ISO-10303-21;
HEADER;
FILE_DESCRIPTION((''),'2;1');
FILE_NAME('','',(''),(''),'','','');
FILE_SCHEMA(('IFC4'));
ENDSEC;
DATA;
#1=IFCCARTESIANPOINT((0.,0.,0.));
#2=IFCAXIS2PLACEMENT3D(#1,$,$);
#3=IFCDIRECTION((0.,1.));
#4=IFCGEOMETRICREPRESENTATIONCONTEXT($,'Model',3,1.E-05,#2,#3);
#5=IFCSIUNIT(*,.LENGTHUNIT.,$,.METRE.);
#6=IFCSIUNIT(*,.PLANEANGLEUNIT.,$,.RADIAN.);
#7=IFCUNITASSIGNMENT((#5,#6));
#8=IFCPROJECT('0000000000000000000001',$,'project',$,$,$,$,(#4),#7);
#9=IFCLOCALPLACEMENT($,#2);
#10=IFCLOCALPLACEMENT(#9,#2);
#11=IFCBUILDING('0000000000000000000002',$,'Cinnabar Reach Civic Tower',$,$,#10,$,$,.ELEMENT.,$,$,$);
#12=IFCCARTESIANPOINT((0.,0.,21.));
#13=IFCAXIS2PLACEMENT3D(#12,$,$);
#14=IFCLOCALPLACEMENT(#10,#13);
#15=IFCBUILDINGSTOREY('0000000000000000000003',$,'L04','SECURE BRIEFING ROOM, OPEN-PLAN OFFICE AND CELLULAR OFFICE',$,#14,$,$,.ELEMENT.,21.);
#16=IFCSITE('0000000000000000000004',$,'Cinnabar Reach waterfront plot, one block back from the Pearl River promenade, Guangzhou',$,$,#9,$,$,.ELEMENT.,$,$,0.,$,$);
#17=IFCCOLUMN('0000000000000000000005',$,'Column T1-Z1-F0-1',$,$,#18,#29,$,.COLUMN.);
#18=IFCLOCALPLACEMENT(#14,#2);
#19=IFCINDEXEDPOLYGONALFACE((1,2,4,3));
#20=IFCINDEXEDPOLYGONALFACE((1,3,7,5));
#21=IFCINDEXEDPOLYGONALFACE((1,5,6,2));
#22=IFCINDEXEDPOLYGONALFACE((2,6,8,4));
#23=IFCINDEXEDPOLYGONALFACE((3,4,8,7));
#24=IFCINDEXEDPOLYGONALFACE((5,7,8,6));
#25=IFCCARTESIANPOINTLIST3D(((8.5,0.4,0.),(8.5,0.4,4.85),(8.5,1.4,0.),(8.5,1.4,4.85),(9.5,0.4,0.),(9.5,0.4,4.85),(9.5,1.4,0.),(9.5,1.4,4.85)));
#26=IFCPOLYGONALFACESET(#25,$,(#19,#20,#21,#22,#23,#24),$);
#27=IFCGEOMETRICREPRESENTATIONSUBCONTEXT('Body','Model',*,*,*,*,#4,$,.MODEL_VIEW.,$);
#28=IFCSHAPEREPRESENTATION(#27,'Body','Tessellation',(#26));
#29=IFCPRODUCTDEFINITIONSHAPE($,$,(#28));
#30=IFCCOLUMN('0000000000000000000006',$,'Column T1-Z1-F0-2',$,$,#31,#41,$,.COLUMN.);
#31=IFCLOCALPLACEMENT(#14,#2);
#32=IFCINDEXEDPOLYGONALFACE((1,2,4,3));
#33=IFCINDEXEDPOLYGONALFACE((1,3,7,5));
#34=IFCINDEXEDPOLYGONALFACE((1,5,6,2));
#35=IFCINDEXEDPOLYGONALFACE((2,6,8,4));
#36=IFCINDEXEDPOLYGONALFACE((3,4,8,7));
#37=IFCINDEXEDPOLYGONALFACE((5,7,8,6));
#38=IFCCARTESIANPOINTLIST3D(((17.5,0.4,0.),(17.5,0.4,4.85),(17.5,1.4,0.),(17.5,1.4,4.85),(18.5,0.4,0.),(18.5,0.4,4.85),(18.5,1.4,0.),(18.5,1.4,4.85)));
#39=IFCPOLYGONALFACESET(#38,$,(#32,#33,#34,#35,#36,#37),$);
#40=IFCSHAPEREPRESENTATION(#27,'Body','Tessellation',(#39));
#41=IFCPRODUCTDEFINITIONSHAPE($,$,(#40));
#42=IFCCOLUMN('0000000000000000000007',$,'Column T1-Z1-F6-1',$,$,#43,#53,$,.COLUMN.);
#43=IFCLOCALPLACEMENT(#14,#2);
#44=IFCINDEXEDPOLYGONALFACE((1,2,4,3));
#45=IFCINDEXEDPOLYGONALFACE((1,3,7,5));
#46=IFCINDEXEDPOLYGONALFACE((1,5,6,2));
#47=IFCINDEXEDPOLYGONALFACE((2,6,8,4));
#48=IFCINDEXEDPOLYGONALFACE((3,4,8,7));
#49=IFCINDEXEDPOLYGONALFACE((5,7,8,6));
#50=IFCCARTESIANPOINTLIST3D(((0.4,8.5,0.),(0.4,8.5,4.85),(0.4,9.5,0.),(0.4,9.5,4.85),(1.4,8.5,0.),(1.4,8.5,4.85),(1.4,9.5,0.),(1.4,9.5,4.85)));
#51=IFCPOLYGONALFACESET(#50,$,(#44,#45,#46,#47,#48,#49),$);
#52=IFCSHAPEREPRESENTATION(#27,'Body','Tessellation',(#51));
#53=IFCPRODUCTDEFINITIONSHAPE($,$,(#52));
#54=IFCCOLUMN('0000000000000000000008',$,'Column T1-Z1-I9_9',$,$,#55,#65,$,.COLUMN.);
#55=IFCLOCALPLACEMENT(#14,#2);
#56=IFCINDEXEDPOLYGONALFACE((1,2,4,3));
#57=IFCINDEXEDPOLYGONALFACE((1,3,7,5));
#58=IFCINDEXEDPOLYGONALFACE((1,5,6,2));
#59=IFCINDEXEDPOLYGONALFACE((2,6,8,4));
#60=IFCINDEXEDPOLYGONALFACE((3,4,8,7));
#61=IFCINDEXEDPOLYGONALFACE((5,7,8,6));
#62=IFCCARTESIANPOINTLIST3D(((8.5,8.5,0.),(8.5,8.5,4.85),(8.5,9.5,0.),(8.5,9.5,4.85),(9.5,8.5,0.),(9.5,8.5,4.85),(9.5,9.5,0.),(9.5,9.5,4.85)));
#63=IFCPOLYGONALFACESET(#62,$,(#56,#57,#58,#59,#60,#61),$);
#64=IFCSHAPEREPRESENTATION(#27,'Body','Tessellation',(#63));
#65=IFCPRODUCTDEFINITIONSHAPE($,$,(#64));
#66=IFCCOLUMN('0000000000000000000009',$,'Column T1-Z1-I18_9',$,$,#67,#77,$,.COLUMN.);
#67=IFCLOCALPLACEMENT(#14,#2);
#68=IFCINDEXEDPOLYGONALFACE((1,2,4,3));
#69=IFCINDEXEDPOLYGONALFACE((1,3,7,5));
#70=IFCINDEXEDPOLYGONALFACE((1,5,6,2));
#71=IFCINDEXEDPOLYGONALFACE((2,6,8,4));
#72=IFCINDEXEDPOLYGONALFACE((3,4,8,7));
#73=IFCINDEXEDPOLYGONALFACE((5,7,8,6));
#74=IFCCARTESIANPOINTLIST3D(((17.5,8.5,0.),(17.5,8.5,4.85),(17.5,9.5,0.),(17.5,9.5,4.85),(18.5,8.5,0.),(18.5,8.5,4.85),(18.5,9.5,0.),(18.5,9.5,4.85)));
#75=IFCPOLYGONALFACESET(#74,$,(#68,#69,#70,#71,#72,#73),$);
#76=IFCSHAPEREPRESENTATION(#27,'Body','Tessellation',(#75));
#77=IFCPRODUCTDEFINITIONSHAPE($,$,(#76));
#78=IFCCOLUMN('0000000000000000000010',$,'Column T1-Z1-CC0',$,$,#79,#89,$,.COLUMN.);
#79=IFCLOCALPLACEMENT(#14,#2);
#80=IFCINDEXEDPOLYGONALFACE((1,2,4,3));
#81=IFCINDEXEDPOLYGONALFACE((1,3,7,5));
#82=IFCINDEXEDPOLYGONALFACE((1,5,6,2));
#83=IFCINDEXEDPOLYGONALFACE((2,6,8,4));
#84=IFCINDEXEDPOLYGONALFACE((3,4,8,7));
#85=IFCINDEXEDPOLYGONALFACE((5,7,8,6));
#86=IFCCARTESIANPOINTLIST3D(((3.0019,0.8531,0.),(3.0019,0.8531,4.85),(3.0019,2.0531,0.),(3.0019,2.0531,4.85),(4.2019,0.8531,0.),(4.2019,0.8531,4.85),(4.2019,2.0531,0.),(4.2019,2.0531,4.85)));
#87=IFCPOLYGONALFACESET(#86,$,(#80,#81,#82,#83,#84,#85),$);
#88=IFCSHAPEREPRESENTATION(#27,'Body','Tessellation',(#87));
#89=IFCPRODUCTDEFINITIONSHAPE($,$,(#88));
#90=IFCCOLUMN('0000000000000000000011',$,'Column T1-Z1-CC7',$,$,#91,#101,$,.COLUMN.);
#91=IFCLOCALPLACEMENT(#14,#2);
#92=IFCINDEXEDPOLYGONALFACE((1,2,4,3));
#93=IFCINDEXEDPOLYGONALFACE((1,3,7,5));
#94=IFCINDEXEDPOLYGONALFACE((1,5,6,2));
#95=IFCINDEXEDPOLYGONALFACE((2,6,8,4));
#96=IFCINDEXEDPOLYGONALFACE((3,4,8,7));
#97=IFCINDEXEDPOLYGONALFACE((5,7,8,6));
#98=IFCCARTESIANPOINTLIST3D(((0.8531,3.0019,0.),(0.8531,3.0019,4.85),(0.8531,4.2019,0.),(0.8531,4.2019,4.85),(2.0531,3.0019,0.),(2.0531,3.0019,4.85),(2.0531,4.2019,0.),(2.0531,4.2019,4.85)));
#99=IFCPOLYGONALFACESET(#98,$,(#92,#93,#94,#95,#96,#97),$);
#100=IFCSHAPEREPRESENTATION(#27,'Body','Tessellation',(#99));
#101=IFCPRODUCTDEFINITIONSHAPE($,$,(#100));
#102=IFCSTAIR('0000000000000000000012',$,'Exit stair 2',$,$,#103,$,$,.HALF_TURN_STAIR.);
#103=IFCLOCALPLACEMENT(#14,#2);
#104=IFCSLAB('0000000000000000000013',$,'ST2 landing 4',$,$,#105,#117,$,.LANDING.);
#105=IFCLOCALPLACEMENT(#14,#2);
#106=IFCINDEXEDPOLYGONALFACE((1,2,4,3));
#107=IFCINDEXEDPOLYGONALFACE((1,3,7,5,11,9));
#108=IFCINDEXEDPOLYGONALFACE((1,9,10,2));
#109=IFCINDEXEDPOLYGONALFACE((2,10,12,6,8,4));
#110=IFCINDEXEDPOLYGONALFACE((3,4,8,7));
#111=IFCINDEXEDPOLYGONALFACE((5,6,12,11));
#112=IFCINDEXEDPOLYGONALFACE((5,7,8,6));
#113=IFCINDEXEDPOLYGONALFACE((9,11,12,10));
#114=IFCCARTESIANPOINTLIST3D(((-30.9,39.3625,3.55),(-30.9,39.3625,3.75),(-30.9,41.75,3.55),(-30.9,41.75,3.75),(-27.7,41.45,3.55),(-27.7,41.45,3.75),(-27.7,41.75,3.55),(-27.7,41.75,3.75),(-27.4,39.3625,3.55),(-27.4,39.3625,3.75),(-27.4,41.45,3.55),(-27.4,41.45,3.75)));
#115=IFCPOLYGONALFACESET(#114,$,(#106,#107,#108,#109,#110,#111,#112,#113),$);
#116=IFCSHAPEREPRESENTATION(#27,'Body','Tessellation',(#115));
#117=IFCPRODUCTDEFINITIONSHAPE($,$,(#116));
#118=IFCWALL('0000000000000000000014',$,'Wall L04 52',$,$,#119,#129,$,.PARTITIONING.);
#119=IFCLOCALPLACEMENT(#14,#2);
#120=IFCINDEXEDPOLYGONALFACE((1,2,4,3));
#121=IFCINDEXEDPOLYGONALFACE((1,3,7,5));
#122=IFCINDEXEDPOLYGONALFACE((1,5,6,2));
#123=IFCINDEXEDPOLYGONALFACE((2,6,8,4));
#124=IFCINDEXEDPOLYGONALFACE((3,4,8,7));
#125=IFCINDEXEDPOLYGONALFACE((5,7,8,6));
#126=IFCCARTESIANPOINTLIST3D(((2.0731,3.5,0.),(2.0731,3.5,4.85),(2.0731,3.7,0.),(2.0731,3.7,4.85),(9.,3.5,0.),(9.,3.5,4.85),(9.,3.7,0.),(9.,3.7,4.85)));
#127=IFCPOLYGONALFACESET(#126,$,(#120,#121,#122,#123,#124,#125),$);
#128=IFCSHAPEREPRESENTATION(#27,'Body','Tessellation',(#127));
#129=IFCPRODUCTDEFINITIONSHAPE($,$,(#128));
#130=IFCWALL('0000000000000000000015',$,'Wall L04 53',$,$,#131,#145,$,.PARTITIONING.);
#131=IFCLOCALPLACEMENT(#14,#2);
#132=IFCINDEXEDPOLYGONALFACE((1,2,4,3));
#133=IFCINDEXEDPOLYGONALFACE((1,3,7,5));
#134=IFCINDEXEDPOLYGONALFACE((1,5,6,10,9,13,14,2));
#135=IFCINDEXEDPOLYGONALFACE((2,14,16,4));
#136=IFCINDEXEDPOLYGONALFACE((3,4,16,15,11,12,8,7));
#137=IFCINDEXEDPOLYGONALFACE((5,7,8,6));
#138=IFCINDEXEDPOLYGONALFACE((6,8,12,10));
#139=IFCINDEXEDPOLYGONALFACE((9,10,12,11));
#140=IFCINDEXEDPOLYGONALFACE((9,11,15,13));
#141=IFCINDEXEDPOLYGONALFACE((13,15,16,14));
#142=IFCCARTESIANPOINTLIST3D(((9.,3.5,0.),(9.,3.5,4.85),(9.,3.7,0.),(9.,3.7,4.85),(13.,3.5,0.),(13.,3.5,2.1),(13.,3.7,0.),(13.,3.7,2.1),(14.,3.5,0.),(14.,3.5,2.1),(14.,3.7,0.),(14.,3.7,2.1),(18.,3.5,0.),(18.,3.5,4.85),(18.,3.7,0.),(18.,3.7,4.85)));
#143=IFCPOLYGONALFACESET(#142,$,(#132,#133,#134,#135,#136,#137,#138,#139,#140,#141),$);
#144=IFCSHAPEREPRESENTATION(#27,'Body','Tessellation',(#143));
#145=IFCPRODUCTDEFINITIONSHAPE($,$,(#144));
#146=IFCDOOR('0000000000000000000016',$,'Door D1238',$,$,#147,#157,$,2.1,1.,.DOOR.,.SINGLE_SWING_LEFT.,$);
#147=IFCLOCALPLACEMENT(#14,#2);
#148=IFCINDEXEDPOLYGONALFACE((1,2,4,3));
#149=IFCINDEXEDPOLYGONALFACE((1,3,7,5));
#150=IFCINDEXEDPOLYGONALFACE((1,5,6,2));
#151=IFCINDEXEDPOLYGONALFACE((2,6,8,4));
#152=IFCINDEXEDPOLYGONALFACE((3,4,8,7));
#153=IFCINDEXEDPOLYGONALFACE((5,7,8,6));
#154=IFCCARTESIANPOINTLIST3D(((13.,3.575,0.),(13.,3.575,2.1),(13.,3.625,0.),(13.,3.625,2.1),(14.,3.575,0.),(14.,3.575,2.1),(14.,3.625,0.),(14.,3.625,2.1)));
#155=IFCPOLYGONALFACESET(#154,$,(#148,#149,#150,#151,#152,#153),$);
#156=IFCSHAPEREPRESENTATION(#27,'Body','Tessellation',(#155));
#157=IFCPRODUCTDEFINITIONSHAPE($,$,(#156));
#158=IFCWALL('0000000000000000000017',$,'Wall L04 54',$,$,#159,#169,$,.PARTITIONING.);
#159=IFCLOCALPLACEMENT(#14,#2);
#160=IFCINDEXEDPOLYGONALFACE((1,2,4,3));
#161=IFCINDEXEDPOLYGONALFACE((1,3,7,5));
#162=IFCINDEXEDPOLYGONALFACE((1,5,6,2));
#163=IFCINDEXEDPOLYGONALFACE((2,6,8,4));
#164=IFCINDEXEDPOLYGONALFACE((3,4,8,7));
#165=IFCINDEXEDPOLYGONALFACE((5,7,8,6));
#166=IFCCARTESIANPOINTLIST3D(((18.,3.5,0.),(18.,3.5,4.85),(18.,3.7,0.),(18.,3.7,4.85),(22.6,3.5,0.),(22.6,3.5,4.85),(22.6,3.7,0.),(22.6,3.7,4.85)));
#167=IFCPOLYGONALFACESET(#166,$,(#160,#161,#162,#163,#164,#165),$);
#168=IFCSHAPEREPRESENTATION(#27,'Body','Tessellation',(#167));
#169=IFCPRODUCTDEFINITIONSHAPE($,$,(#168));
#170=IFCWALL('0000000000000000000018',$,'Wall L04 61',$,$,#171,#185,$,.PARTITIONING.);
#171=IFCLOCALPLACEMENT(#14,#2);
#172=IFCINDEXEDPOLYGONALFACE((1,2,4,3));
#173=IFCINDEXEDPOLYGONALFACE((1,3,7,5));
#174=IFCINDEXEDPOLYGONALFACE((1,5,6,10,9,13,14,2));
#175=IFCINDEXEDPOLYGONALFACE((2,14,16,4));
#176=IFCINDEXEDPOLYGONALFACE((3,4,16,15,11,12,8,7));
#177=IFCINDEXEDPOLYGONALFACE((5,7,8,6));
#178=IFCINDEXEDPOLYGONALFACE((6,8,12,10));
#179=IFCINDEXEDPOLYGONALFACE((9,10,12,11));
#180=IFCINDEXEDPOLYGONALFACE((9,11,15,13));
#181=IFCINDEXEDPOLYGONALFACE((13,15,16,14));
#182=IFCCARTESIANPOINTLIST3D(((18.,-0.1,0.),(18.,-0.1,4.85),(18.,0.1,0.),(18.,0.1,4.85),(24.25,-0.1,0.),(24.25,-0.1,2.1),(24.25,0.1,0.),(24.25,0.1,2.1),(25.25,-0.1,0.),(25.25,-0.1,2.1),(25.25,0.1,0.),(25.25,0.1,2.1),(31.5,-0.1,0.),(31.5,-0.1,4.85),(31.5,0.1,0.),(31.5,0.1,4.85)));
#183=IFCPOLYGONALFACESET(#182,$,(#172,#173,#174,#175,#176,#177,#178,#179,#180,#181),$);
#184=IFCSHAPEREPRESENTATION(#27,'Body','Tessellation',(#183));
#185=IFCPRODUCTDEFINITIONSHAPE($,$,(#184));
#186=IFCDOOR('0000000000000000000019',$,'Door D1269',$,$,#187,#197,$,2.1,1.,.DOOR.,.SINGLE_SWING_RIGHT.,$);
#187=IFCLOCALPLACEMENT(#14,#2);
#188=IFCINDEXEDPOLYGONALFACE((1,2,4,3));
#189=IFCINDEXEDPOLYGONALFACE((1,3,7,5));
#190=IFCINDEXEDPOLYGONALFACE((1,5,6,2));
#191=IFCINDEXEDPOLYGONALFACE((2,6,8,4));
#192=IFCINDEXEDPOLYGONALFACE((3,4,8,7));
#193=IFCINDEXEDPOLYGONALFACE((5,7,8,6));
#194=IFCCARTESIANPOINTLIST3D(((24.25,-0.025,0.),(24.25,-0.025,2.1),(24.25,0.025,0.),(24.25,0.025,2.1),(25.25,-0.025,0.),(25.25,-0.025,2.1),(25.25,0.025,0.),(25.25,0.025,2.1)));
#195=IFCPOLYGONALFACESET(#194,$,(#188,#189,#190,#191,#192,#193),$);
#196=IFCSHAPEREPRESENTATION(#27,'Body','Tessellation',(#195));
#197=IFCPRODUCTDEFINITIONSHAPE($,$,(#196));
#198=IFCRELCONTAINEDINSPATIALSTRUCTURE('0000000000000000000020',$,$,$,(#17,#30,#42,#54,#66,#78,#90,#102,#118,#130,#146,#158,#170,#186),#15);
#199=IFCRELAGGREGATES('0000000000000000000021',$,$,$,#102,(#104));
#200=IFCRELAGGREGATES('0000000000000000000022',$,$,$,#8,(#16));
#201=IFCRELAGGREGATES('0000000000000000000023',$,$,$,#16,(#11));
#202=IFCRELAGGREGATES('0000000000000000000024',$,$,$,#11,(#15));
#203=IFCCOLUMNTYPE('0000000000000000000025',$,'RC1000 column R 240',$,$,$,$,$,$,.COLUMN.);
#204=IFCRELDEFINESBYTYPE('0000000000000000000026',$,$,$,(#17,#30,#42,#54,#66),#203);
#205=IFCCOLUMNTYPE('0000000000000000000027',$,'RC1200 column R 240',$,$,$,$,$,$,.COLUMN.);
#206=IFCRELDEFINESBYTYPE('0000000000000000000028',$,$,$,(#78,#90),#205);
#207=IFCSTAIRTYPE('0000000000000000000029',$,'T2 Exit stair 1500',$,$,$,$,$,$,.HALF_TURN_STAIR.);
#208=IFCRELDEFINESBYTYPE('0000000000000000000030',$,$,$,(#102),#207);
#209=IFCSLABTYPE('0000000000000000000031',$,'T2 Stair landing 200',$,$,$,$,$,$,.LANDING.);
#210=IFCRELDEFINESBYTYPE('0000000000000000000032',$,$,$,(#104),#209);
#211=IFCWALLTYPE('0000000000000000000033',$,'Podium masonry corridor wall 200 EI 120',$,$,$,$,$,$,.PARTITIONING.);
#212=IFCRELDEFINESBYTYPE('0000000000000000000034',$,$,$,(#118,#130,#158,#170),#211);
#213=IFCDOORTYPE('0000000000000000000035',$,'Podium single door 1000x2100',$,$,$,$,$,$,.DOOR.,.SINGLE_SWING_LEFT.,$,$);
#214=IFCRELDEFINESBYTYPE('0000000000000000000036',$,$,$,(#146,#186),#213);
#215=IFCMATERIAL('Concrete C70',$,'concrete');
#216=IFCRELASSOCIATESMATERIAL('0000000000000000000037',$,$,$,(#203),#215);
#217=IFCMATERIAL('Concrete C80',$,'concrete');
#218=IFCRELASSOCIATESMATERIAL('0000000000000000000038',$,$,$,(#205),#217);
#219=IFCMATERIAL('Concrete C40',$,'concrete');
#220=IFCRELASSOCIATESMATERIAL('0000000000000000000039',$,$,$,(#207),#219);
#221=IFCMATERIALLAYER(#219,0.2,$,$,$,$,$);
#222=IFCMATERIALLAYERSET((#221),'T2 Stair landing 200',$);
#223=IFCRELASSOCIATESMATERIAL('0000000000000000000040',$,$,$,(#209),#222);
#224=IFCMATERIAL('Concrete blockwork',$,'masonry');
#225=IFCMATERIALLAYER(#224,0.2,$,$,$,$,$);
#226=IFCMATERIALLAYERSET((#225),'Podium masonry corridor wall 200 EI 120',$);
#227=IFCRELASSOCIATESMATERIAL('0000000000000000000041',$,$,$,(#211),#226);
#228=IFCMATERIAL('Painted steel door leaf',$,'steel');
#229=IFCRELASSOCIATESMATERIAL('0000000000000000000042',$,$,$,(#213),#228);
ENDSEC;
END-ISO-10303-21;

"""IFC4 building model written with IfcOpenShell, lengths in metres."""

from ifc_helpers import new_model, si_unit, direction, frame, frame_2d, origin, origin_2d, place, context, subcontext, project, spatial, polyline, rectangle, outline, extrude, material, layer, layer_set, material_profile, profile_set, type_object, element, fill, aggregate, save


model = new_model("IFC4")

# Units and contexts
model_context = context("Model", 3, precision=1e-05, world=origin(), true_north=direction((0.0, 1.0)))
body_context = subcontext(model_context, "Body", "Model", "MODEL_VIEW")
ifc_project = project(units=[si_unit("LENGTHUNIT", "METRE"), si_unit("PLANEANGLEUNIT", "RADIAN")], contexts=[model_context])

# Site, building, storey
site_placement = place(None, origin())
site = spatial("IfcSite", under=ifc_project, at=site_placement, Name="Cinnabar Reach waterfront plot, one block back from the Pearl River promenade, Guangzhou", CompositionType="ELEMENT", RefElevation=0.0)
building_placement = place(site_placement, origin())
building = spatial("IfcBuilding", under=site, at=building_placement, Name="Cinnabar Reach Civic Tower", CompositionType="ELEMENT")
storey_placement = place(building_placement, frame((0.0, 0.0, 21.0)))
storey = spatial("IfcBuildingStorey", under=building, at=storey_placement, Name="L04", Description="SECURE BRIEFING ROOM, OPEN-PLAN OFFICE AND CELLULAR OFFICE", CompositionType="ELEMENT", Elevation=21.0)

# Columns
ifc_material_1 = material(Name="Concrete C70", Category="concrete")
ifc_material_profile_1 = material_profile(ifc_material_1, rectangle(XDim=1.0, YDim=1.0, at=origin_2d()), Name="RC1000")
ifc_profile_set_1 = profile_set([ifc_material_profile_1], Name="Concrete C70")
column_type_1 = type_object("IfcColumnType", Name="RC1000 column R 240", PredefinedType="COLUMN", material=ifc_profile_set_1)
for number, where, z_axis, x_axis, name in (
    (1, (9.0, 0.9, 0.0), (0.0, 0.0, 1.0), (1.0, 0.0, 0.0), "Column T1-Z1-F0-1"),
    (2, (18.0, 0.9, 0.0), (0.0, 0.0, 1.0), (1.0, 0.0, 0.0), "Column T1-Z1-F0-2"),
    (3, (0.9, 9.0, 0.0), (0.0, 0.0, 1.0), (1.0, 0.0, 0.0), "Column T1-Z1-F6-1"),
    (4, (9.0, 9.0, 0.0), (0.0, 0.0, 1.0), (1.0, 0.0, 0.0), "Column T1-Z1-I9_9"),
    (5, (18.0, 9.0, 0.0), (0.0, 0.0, 1.0), (1.0, 0.0, 0.0), "Column T1-Z1-I18_9"),
):
    element("IfcColumn", number, at=place(storey_placement, frame(where, z_axis=z_axis, x_axis=x_axis)), inside=storey, type_object=column_type_1, Name=name, PredefinedType="COLUMN", context=body_context, shape_type="SweptSolid", body=[
        extrude(rectangle(XDim=1.0, YDim=1.0, at=origin_2d()), origin(), (0.0, 0.0, 1.0), 4.85),
    ])
ifc_material_2 = material(Name="Concrete C80", Category="concrete")
ifc_material_profile_2 = material_profile(ifc_material_2, rectangle(XDim=1.2, YDim=1.2, at=origin_2d()), Name="RC1200")
ifc_profile_set_2 = profile_set([ifc_material_profile_2], Name="Concrete C80")
column_type_2 = type_object("IfcColumnType", Name="RC1200 column R 240", PredefinedType="COLUMN", material=ifc_profile_set_2)
for number, where, z_axis, x_axis, name in (
    (6, (3.6019, 1.4531, 0.0), (0.0, 0.0, 1.0), (1.0, 0.0, 0.0), "Column T1-Z1-CC0"),
    (7, (1.4531, 3.6019, 0.0), (0.0, 0.0, 1.0), (1.0, 0.0, 0.0), "Column T1-Z1-CC7"),
):
    element("IfcColumn", number, at=place(storey_placement, frame(where, z_axis=z_axis, x_axis=x_axis)), inside=storey, type_object=column_type_2, Name=name, PredefinedType="COLUMN", context=body_context, shape_type="SweptSolid", body=[
        extrude(rectangle(XDim=1.2, YDim=1.2, at=origin_2d()), origin(), (0.0, 0.0, 1.0), 4.85),
    ])

# Stair, slab
ifc_material_3 = material(Name="Concrete C40", Category="concrete")
stair_type = type_object("IfcStairType", Name="T2 Exit stair 1500", PredefinedType="HALF_TURN_STAIR", material=ifc_material_3)
stair_placement = place(storey_placement, origin())
stair = element("IfcStair", 8, at=stair_placement, inside=storey, type_object=stair_type, Name="Exit stair 2", PredefinedType="HALF_TURN_STAIR")
ifc_layer_1 = layer(ifc_material_3, 0.2)
ifc_layer_set_1 = layer_set([ifc_layer_1], Name="T2 Stair landing 200")
slab_type = type_object("IfcSlabType", Name="T2 Stair landing 200", PredefinedType="LANDING", material=ifc_layer_set_1)
slab_placement = place(storey_placement, frame((0.0, 0.0, 3.55)))
slab = element("IfcSlab", 9, at=slab_placement, type_object=slab_type, Name="ST2 landing 4", PredefinedType="LANDING", context=body_context, shape_type="SweptSolid", body=[
    extrude(outline(polyline([(-27.4, 39.3625), (-30.9, 39.3625), (-30.9, 41.75), (-27.7, 41.75), (-27.7, 41.45), (-27.4, 41.45), (-27.4, 39.3625)])), origin(), (0.0, 0.0, 1.0), 0.2),
])
aggregate(stair, [slab])

# Wall
ifc_material_4 = material(Name="Concrete blockwork", Category="masonry")
ifc_layer_2 = layer(ifc_material_4, 0.2)
ifc_layer_set_2 = layer_set([ifc_layer_2], Name="Podium masonry corridor wall 200 EI 120")
wall_type_1 = type_object("IfcWallType", Name="Podium masonry corridor wall 200 EI 120", PredefinedType="PARTITIONING", material=ifc_layer_set_2)
wall_1_placement = place(storey_placement, frame((2.0731, 3.6, 0.0), z_axis=(0.0, 0.0, 1.0), x_axis=(1.0, 0.0, 0.0)))
element("IfcWall", 10, at=wall_1_placement, inside=storey, type_object=wall_type_1, Name="Wall L04 52", PredefinedType="PARTITIONING", context=body_context, shape_type="SweptSolid", body=[
    extrude(rectangle(XDim=6.9269, YDim=0.2, at=frame_2d((3.4634, 0.0))), origin(), (0.0, 0.0, 1.0), 4.85),
])

# Wall, opening, door
wall_2_placement = place(storey_placement, frame((9.0, 3.6, 0.0), z_axis=(0.0, 0.0, 1.0), x_axis=(1.0, 0.0, 0.0)))
wall_2 = element("IfcWall", 11, at=wall_2_placement, inside=storey, type_object=wall_type_1, Name="Wall L04 53", PredefinedType="PARTITIONING", context=body_context, shape_type="SweptSolid", body=[
    extrude(rectangle(XDim=9.0, YDim=0.2, at=frame_2d((4.5, 0.0))), origin(), (0.0, 0.0, 1.0), 4.85),
])
opening_1_placement = place(wall_2_placement, frame((4.0, 0.0, 0.0)))
opening_1 = element("IfcOpeningElement", 12, at=opening_1_placement, cuts=wall_2, PredefinedType="OPENING", context=body_context, shape_type="SweptSolid", body=[
    extrude(rectangle(XDim=1.0, YDim=2.1, at=frame_2d((0.5, 1.05))), frame((0.0, 0.11, 0.0), z_axis=(0.0, -1.0, 0.0), x_axis=(1.0, 0.0, 0.0)), (0.0, 0.0, 1.0), 0.22),
])
ifc_material_5 = material(Name="Painted steel door leaf", Category="steel")
door_type_1 = type_object("IfcDoorType", Name="Podium single door 1000x2100", OperationType="SINGLE_SWING_LEFT", PredefinedType="DOOR", material=ifc_material_5)
door_1_placement = place(opening_1_placement, origin())
door_1 = element("IfcDoor", 13, at=door_1_placement, inside=storey, type_object=door_type_1, Name="Door D1238", OperationType="SINGLE_SWING_LEFT", OverallHeight=2.1, OverallWidth=1.0, PredefinedType="DOOR", context=body_context, shape_type="SweptSolid", body=[
    extrude(rectangle(XDim=1.0, YDim=2.1, at=frame_2d((0.5, 1.05))), frame((0.0, 0.025, 0.0), z_axis=(0.0, -1.0, 0.0), x_axis=(1.0, 0.0, 0.0)), (0.0, 0.0, 1.0), 0.05),
])
fill(opening_1, door_1)

# Wall
wall_3_placement = place(storey_placement, frame((18.0, 3.6, 0.0), z_axis=(0.0, 0.0, 1.0), x_axis=(1.0, 0.0, 0.0)))
element("IfcWall", 14, at=wall_3_placement, inside=storey, type_object=wall_type_1, Name="Wall L04 54", PredefinedType="PARTITIONING", context=body_context, shape_type="SweptSolid", body=[
    extrude(rectangle(XDim=4.6, YDim=0.2, at=frame_2d((2.3, 0.0))), origin(), (0.0, 0.0, 1.0), 4.85),
])

# Wall, opening, door
wall_4_placement = place(storey_placement, frame((18.0, 0.0, 0.0), z_axis=(0.0, 0.0, 1.0), x_axis=(1.0, 0.0, 0.0)))
wall_4 = element("IfcWall", 15, at=wall_4_placement, inside=storey, type_object=wall_type_1, Name="Wall L04 61", PredefinedType="PARTITIONING", context=body_context, shape_type="SweptSolid", body=[
    extrude(rectangle(XDim=13.5, YDim=0.2, at=frame_2d((6.75, 0.0))), origin(), (0.0, 0.0, 1.0), 4.85),
])
opening_2_placement = place(wall_4_placement, frame((6.25, 0.0, 0.0)))
opening_2 = element("IfcOpeningElement", 16, at=opening_2_placement, cuts=wall_4, PredefinedType="OPENING", context=body_context, shape_type="SweptSolid", body=[
    extrude(rectangle(XDim=1.0, YDim=2.1, at=frame_2d((0.5, 1.05))), frame((0.0, 0.11, 0.0), z_axis=(0.0, -1.0, 0.0), x_axis=(1.0, 0.0, 0.0)), (0.0, 0.0, 1.0), 0.22),
])
door_2_placement = place(opening_2_placement, frame((1.0, 0.0, 0.0), z_axis=(0.0, 0.0, 1.0), x_axis=(-1.0, 0.0, 0.0)))
door_2 = element("IfcDoor", 17, at=door_2_placement, inside=storey, type_object=door_type_1, Name="Door D1269", OperationType="SINGLE_SWING_RIGHT", OverallHeight=2.1, OverallWidth=1.0, PredefinedType="DOOR", context=body_context, shape_type="SweptSolid", body=[
    extrude(rectangle(XDim=1.0, YDim=2.1, at=frame_2d((0.5, 1.05))), frame((0.0, 0.025, 0.0), z_axis=(0.0, -1.0, 0.0), x_axis=(1.0, 0.0, 0.0)), (0.0, 0.0, 1.0), 0.05),
])
fill(opening_2, door_2)

save(model, "model.ifc")
